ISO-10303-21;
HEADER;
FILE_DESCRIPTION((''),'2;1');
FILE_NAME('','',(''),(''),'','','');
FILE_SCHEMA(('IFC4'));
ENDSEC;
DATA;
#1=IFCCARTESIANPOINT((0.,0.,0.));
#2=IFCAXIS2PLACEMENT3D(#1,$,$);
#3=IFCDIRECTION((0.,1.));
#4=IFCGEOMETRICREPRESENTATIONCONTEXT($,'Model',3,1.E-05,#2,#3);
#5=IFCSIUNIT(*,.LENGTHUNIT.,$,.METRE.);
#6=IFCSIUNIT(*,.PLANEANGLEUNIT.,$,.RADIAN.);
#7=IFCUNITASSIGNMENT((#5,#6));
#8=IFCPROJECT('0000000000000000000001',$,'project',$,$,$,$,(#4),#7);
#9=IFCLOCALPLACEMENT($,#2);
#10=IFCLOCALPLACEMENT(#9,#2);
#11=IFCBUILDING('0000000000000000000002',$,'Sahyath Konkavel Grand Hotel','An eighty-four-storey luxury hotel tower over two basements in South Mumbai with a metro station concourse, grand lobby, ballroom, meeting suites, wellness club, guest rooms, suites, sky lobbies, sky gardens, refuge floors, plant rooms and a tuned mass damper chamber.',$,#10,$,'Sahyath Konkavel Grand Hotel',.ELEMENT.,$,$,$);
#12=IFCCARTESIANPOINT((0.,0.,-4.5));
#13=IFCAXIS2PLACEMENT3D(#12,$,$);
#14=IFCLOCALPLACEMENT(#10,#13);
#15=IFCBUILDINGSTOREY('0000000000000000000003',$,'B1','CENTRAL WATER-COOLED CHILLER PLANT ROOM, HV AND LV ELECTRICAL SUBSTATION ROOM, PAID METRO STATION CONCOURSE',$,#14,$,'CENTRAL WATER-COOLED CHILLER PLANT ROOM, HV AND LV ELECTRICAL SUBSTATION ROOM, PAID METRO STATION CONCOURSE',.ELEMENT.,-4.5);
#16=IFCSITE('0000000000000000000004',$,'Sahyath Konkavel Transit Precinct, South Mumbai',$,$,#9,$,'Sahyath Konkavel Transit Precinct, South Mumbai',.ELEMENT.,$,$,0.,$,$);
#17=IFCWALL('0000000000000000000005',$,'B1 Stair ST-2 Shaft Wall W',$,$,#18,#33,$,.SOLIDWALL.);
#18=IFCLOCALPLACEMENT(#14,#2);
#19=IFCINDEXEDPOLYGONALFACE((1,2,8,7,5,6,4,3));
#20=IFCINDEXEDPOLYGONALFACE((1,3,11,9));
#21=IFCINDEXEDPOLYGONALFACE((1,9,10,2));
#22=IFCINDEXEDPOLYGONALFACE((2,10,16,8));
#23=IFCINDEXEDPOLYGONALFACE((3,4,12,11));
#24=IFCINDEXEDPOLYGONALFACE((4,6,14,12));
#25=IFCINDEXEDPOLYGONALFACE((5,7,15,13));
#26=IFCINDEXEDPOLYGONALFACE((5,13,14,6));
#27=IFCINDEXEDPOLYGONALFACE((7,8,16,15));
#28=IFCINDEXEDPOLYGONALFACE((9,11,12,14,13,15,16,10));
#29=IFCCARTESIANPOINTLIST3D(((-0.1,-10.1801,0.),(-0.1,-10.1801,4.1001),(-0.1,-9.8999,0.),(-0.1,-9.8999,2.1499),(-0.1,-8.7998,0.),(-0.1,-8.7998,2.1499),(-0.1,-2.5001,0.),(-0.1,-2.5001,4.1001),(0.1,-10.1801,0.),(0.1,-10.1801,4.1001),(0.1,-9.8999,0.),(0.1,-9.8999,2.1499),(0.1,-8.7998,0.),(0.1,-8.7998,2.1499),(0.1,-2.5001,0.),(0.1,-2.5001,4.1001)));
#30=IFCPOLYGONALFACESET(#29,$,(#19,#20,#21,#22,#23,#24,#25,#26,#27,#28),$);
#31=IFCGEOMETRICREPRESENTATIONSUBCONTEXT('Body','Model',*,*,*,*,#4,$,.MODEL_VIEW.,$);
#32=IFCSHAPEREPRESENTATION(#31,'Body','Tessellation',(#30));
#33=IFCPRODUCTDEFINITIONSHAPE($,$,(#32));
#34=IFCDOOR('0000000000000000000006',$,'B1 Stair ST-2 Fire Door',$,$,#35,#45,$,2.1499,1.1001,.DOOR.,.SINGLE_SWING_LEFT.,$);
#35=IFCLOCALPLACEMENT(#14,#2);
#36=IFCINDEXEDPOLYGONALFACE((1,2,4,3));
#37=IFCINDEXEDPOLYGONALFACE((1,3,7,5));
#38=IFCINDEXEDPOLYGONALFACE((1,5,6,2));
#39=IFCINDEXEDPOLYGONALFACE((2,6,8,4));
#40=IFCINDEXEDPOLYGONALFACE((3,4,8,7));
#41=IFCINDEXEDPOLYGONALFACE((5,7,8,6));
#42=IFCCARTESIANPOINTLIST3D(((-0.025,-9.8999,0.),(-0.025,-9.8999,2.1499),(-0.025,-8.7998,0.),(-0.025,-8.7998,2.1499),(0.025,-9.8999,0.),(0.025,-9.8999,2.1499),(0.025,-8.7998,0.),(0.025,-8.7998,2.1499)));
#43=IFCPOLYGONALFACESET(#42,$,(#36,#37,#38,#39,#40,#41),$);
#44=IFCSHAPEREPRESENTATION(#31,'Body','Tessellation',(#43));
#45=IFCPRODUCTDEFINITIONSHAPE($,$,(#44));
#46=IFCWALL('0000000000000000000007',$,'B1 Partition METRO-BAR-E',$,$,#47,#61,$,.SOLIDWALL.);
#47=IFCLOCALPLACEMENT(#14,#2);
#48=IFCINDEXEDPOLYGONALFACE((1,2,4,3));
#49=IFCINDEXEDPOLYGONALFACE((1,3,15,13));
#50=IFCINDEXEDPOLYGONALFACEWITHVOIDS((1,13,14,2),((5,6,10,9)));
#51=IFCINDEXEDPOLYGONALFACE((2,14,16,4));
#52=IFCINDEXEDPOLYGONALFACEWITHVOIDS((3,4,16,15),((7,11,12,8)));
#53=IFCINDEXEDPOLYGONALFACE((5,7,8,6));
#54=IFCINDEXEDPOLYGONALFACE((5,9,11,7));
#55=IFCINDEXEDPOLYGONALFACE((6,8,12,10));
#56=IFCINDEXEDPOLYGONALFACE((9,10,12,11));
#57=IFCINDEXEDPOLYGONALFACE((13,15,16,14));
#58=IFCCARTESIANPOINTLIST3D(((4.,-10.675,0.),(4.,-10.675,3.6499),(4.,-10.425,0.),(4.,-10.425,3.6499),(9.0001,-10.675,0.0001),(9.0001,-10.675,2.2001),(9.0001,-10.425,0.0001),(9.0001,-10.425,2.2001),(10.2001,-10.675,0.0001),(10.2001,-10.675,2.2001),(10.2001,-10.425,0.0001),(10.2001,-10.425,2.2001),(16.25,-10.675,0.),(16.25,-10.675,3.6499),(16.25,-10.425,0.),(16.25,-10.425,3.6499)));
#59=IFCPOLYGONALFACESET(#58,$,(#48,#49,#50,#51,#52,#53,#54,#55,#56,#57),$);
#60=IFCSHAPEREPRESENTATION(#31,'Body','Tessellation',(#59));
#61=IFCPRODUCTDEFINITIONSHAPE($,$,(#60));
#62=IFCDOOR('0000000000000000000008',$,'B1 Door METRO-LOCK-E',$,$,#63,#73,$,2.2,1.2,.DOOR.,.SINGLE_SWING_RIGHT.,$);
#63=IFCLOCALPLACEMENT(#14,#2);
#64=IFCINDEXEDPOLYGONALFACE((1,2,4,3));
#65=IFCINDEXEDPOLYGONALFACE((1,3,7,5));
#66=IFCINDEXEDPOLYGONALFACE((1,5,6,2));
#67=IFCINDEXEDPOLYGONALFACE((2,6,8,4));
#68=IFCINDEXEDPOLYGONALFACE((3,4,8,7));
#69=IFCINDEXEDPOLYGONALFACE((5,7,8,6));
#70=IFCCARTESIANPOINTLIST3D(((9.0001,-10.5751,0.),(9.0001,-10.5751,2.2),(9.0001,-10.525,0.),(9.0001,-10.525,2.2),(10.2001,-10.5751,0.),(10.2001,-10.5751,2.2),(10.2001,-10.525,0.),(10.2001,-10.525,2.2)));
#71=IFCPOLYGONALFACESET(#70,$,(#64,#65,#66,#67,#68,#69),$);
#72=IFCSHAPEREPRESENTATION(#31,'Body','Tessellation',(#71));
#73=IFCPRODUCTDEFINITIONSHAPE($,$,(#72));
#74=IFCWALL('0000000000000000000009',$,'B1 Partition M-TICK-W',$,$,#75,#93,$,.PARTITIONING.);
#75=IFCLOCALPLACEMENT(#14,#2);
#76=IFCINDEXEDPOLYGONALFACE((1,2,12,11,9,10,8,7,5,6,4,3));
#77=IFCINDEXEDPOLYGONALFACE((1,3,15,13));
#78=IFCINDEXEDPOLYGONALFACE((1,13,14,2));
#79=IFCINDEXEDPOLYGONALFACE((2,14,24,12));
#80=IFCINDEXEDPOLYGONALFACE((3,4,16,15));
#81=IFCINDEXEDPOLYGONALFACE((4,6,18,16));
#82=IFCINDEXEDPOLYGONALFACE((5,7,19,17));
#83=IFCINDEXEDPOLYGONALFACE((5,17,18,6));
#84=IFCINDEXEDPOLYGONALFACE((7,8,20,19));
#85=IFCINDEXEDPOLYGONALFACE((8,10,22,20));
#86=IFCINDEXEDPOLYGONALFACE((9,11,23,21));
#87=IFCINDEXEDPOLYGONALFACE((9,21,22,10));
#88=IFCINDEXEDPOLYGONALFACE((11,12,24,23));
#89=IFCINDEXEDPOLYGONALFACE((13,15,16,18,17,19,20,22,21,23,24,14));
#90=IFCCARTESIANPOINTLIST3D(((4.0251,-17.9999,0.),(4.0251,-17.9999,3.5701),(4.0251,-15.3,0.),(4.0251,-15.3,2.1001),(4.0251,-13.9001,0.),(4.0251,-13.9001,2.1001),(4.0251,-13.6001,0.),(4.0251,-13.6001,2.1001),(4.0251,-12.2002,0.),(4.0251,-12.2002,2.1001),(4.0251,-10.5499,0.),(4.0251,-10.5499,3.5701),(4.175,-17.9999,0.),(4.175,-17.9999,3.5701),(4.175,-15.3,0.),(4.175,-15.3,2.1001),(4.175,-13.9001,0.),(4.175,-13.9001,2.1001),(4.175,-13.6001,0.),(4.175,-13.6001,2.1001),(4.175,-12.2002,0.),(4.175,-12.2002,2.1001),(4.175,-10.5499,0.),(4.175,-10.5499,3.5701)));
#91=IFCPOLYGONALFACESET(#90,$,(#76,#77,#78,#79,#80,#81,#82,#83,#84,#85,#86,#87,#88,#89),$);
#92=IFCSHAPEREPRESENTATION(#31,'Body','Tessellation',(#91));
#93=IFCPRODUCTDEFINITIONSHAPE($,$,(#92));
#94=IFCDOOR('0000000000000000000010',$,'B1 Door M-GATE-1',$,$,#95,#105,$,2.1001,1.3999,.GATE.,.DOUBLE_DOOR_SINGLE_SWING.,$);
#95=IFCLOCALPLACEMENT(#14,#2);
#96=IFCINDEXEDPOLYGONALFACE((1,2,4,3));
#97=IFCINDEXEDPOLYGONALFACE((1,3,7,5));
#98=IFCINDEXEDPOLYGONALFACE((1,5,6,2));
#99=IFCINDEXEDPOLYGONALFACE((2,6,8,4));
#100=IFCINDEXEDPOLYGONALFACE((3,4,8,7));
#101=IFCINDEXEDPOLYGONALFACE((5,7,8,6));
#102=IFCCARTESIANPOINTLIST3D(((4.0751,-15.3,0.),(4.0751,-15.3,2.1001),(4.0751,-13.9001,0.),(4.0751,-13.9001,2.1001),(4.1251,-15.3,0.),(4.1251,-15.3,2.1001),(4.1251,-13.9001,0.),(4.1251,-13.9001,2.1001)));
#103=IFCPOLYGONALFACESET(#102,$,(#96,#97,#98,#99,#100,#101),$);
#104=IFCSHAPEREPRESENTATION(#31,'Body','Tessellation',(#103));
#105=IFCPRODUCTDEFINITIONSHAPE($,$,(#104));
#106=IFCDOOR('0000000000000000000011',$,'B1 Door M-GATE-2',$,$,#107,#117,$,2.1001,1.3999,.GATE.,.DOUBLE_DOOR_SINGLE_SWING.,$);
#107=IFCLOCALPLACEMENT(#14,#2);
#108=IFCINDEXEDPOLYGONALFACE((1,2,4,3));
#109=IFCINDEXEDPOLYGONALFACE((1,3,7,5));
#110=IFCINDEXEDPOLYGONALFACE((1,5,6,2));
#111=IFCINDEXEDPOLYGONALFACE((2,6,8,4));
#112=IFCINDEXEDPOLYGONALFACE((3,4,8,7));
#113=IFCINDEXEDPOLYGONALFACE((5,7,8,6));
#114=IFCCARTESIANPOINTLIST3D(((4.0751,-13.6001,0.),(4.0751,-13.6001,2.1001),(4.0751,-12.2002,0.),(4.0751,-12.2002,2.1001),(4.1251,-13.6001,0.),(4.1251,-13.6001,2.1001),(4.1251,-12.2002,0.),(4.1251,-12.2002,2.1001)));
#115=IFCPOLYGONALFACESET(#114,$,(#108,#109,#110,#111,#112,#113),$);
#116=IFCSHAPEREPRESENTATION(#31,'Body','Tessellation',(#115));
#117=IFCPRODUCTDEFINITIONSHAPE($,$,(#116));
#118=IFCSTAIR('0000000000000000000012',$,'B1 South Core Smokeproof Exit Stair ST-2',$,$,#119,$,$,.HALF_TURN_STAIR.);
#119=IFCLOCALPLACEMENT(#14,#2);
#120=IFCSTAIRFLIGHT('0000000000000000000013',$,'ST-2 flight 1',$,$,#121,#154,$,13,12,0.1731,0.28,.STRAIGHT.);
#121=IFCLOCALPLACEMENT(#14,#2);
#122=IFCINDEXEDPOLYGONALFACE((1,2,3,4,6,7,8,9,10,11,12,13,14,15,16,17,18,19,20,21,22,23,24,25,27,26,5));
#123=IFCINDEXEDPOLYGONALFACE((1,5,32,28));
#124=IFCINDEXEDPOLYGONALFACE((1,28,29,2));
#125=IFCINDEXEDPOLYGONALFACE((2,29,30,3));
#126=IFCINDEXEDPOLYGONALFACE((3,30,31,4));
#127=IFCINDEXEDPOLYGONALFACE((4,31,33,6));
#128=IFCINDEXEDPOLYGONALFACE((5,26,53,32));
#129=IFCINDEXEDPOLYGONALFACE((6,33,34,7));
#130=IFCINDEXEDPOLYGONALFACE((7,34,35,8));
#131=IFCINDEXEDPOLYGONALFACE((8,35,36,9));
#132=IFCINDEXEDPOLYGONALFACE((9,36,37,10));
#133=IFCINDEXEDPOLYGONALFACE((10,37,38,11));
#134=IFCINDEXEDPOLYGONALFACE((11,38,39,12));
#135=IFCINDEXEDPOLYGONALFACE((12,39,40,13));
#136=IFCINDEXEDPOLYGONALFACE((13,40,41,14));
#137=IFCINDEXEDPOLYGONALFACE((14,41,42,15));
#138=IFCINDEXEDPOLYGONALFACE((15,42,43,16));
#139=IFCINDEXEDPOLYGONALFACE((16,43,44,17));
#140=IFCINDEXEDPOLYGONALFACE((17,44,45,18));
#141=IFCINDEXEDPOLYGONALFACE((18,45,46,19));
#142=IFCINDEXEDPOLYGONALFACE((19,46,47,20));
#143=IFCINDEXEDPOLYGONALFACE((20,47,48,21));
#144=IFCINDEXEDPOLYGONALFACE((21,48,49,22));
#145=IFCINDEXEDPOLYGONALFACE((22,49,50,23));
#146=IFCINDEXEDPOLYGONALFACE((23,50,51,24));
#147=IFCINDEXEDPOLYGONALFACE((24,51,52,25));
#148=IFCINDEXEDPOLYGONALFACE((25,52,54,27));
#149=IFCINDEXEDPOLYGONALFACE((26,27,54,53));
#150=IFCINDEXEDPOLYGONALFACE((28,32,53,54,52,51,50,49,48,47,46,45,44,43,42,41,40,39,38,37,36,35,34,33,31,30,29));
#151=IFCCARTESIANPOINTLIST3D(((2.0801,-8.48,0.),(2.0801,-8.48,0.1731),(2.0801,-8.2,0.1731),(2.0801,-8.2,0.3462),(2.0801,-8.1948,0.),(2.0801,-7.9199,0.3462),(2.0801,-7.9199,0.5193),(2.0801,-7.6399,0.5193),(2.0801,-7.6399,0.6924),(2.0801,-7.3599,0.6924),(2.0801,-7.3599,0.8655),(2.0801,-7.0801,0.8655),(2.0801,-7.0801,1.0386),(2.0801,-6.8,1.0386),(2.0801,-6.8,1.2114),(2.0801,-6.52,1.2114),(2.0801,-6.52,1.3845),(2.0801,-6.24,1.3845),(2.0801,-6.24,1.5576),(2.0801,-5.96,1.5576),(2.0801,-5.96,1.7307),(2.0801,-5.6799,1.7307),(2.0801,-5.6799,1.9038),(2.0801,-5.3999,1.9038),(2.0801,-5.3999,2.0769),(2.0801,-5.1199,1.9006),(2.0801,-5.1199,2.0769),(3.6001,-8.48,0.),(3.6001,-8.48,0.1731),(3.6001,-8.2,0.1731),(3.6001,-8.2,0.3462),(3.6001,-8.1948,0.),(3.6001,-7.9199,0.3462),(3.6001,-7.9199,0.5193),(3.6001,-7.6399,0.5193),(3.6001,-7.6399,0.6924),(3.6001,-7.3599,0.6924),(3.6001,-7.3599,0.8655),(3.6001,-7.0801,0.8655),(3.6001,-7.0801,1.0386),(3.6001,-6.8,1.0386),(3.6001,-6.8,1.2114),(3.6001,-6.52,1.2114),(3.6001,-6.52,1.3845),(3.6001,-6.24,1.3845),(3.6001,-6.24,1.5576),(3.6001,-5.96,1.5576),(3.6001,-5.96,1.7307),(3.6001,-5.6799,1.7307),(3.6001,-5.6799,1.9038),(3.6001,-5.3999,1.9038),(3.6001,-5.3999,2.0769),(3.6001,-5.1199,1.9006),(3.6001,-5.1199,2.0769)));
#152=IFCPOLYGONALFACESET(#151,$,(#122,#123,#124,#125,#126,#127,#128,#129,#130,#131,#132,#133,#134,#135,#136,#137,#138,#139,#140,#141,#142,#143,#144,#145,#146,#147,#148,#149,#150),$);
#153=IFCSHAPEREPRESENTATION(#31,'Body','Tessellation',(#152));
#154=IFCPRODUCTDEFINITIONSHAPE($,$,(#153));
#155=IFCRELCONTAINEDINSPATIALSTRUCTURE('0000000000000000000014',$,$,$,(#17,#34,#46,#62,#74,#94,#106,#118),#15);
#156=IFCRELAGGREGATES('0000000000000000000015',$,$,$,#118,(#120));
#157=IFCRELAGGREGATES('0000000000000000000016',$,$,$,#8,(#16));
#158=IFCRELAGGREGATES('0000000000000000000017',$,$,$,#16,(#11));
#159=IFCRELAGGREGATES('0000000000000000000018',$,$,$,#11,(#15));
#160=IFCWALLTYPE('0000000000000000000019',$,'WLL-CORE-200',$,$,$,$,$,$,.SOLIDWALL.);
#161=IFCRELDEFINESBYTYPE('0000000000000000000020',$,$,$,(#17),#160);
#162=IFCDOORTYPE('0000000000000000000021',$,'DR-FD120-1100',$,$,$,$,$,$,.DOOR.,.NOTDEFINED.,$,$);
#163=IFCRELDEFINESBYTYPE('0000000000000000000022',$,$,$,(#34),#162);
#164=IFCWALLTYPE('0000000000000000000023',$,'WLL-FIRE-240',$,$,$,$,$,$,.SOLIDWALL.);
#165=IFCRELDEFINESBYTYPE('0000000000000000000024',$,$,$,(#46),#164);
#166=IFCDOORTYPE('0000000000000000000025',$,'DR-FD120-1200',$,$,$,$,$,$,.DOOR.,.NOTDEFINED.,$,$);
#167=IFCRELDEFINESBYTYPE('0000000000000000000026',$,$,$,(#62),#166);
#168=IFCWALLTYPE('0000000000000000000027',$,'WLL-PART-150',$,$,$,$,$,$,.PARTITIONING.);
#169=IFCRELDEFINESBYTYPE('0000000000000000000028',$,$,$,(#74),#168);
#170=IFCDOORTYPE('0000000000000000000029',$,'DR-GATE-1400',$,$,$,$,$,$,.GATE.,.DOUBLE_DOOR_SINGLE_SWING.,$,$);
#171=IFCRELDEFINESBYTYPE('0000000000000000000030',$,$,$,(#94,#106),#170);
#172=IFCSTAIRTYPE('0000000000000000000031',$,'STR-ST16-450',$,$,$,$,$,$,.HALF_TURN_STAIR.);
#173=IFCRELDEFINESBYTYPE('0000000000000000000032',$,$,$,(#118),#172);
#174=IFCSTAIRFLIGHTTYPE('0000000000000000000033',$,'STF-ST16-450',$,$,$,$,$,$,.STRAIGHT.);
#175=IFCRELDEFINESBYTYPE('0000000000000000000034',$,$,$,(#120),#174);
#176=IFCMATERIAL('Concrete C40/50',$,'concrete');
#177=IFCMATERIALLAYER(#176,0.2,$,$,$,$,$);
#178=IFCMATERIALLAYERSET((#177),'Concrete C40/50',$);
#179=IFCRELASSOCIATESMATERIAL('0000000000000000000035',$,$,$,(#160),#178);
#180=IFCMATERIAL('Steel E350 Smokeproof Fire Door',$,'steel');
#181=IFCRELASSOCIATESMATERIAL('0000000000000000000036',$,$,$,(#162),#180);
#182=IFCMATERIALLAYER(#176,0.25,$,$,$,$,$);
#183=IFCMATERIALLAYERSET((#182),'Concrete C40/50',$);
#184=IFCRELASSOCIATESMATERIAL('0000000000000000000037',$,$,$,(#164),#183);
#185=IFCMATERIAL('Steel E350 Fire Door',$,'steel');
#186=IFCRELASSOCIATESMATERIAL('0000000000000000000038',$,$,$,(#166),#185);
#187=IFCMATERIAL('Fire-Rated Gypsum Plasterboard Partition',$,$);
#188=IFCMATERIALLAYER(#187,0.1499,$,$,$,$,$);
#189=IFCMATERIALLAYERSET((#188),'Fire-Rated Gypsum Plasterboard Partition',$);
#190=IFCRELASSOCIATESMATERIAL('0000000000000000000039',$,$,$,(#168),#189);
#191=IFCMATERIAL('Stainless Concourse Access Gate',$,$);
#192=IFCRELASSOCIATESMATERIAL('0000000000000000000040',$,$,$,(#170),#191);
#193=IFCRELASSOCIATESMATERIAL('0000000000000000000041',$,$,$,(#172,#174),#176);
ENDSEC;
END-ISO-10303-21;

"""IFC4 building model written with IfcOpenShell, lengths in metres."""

from ifc_helpers import new_model, si_unit, direction, frame, frame_2d, origin, origin_2d, place, context, subcontext, project, spatial, polyline, rectangle, outline, extrude, source, transform, mapped, material, layer, layer_set, type_object, element, fill, aggregate, save


model = new_model("IFC4")

# Units and contexts
model_context = context("Model", 3, precision=1e-05, world=origin(), true_north=direction((0.0, 1.0)))
body_context = subcontext(model_context, "Body", "Model", "MODEL_VIEW")
ifc_project = project(units=[si_unit("LENGTHUNIT", "METRE"), si_unit("PLANEANGLEUNIT", "RADIAN")], contexts=[model_context])

# Site, building, storey
site_placement = place(None, origin())
site = spatial("IfcSite", under=ifc_project, at=site_placement, Name="Sahyath Konkavel Transit Precinct, South Mumbai", LongName="Sahyath Konkavel Transit Precinct, South Mumbai", CompositionType="ELEMENT", RefElevation=0.0)
building_placement = place(site_placement, origin())
building = spatial("IfcBuilding", under=site, at=building_placement, Name="Sahyath Konkavel Grand Hotel", Description="An eighty-four-storey luxury hotel tower over two basements in South Mumbai with a metro station concourse, grand lobby, ballroom, meeting suites, wellness club, guest rooms, suites, sky lobbies, sky gardens, refuge floors, plant rooms and a tuned mass damper chamber.", LongName="Sahyath Konkavel Grand Hotel", CompositionType="ELEMENT")
storey_placement = place(building_placement, frame((0.0, 0.0, -4.5)))
storey = spatial("IfcBuildingStorey", under=building, at=storey_placement, Name="B1", Description="CENTRAL WATER-COOLED CHILLER PLANT ROOM, HV AND LV ELECTRICAL SUBSTATION ROOM, PAID METRO STATION CONCOURSE", LongName="CENTRAL WATER-COOLED CHILLER PLANT ROOM, HV AND LV ELECTRICAL SUBSTATION ROOM, PAID METRO STATION CONCOURSE", CompositionType="ELEMENT", Elevation=-4.5)

# Walls, openings, doors
ifc_material_1 = material(Name="Concrete C40/50", Category="concrete")
ifc_layer_1 = layer(ifc_material_1, 0.2)
ifc_layer_set_1 = layer_set([ifc_layer_1], Name="Concrete C40/50")
wall_type_1 = type_object("IfcWallType", Name="WLL-CORE-200", PredefinedType="SOLIDWALL", material=ifc_layer_set_1)
wall_1_placement = place(storey_placement, frame((0.0, -10.1799, 0.0), z_axis=(0.0, 0.0, 1.0), x_axis=(0.0, 1.0, 0.0)))
wall_1 = element("IfcWall", 1, at=wall_1_placement, inside=storey, type_object=wall_type_1, Name="B1 Stair ST-2 Shaft Wall W", PredefinedType="SOLIDWALL", context=body_context, shape_type="SweptSolid", body=[
    extrude(rectangle(XDim=7.6799, YDim=0.2, at=frame_2d((3.8398, 0.0))), origin(), (0.0, 0.0, 1.0), 4.1001),
])
opening_1_placement = place(wall_1_placement, frame((0.28, 0.0, 0.0)))
opening_1 = element("IfcOpeningElement", 2, at=opening_1_placement, cuts=wall_1, PredefinedType="OPENING", context=body_context, shape_type="SweptSolid", body=[
    extrude(rectangle(XDim=1.1001, YDim=2.1499, at=frame_2d((0.55, 1.075))), frame((0.0, 0.1099, 0.0), z_axis=(0.0, -1.0, 0.0), x_axis=(1.0, 0.0, 0.0)), (0.0, 0.0, 1.0), 0.22),
])
ifc_material_2 = material(Name="Steel E350 Smokeproof Fire Door", Category="steel")
door_type_1 = type_object("IfcDoorType", Name="DR-FD120-1100", OperationType="NOTDEFINED", PredefinedType="DOOR", material=ifc_material_2)
shared_shape_1 = source(origin(), body_context, "Body", "SweptSolid", [
    extrude(rectangle(XDim=1.1001, YDim=0.05, at=origin_2d()), origin(), (0.0, 0.0, 1.0), 2.1499),
])
door_1_placement = place(opening_1_placement, frame((0.55, 0.0, 0.0)))
door_1 = element("IfcDoor", 3, at=door_1_placement, inside=storey, type_object=door_type_1, Name="B1 Stair ST-2 Fire Door", OperationType="SINGLE_SWING_LEFT", OverallHeight=2.1499, OverallWidth=1.1001, PredefinedType="DOOR", context=body_context, shape_type="MappedRepresentation", body=[
    mapped(shared_shape_1, transform((0.0, 0.0, 0.0), scale=1.0)),
])
fill(opening_1, door_1)
ifc_layer_2 = layer(ifc_material_1, 0.25)
ifc_layer_set_2 = layer_set([ifc_layer_2], Name="Concrete C40/50")
wall_type_2 = type_object("IfcWallType", Name="WLL-FIRE-240", PredefinedType="SOLIDWALL", material=ifc_layer_set_2)
wall_2_placement = place(storey_placement, frame((4.0, -10.55, 0.0), z_axis=(0.0, 0.0, 1.0), x_axis=(1.0, 0.0, 0.0)))
wall_2 = element("IfcWall", 4, at=wall_2_placement, inside=storey, type_object=wall_type_2, Name="B1 Partition METRO-BAR-E", PredefinedType="SOLIDWALL", context=body_context, shape_type="SweptSolid", body=[
    extrude(rectangle(XDim=12.25, YDim=0.25, at=frame_2d((6.125, 0.0))), origin(), (0.0, 0.0, 1.0), 3.6499),
])
opening_2_placement = place(wall_2_placement, frame((5.0, 0.0, 0.0)))
opening_2 = element("IfcOpeningElement", 5, at=opening_2_placement, cuts=wall_2, PredefinedType="OPENING", context=body_context, shape_type="SweptSolid", body=[
    extrude(rectangle(XDim=1.2, YDim=2.2, at=frame_2d((0.6001, 1.1001))), frame((0.0, 0.135, 0.0), z_axis=(0.0, -1.0, 0.0), x_axis=(1.0, 0.0, 0.0)), (0.0, 0.0, 1.0), 0.27),
])
ifc_material_3 = material(Name="Steel E350 Fire Door", Category="steel")
door_type_2 = type_object("IfcDoorType", Name="DR-FD120-1200", OperationType="NOTDEFINED", PredefinedType="DOOR", material=ifc_material_3)
shared_shape_2 = source(origin(), body_context, "Body", "SweptSolid", [
    extrude(rectangle(XDim=1.2, YDim=0.05, at=origin_2d()), origin(), (0.0, 0.0, 1.0), 2.2),
])
door_2_placement = place(opening_2_placement, frame((0.6001, 0.0, 0.0)))
door_2 = element("IfcDoor", 6, at=door_2_placement, inside=storey, type_object=door_type_2, Name="B1 Door METRO-LOCK-E", OperationType="SINGLE_SWING_RIGHT", OverallHeight=2.2, OverallWidth=1.2, PredefinedType="DOOR", context=body_context, shape_type="MappedRepresentation", body=[
    mapped(shared_shape_2, transform((0.0, 0.0, 0.0), scale=1.0)),
])
fill(opening_2, door_2)

# Wall, openings, doors
ifc_material_4 = material(Name="Fire-Rated Gypsum Plasterboard Partition")
ifc_layer_3 = layer(ifc_material_4, 0.1499)
ifc_layer_set_3 = layer_set([ifc_layer_3], Name="Fire-Rated Gypsum Plasterboard Partition")
wall_type_3 = type_object("IfcWallType", Name="WLL-PART-150", PredefinedType="PARTITIONING", material=ifc_layer_set_3)
wall_3_placement = place(storey_placement, frame((4.1001, -18.0, 0.0), z_axis=(0.0, 0.0, 1.0), x_axis=(0.0, 1.0, 0.0)))
wall_3 = element("IfcWall", 7, at=wall_3_placement, inside=storey, type_object=wall_type_3, Name="B1 Partition M-TICK-W", PredefinedType="PARTITIONING", context=body_context, shape_type="SweptSolid", body=[
    extrude(rectangle(XDim=7.45, YDim=0.1499, at=frame_2d((3.7251, 0.0))), origin(), (0.0, 0.0, 1.0), 3.5701),
])
opening_3_placement = place(wall_3_placement, frame((2.7, 0.0, 0.0)))
opening_3 = element("IfcOpeningElement", 8, at=opening_3_placement, cuts=wall_3, PredefinedType="OPENING", context=body_context, shape_type="SweptSolid", body=[
    extrude(rectangle(XDim=1.3999, YDim=2.1001, at=frame_2d((0.7, 1.05))), frame((0.0, 0.085, 0.0), z_axis=(0.0, -1.0, 0.0), x_axis=(1.0, 0.0, 0.0)), (0.0, 0.0, 1.0), 0.1699),
])
opening_4_placement = place(wall_3_placement, frame((4.3999, 0.0, 0.0)))
opening_4 = element("IfcOpeningElement", 9, at=opening_4_placement, cuts=wall_3, PredefinedType="OPENING", context=body_context, shape_type="SweptSolid", body=[
    extrude(rectangle(XDim=1.3999, YDim=2.1001, at=frame_2d((0.7, 1.05))), frame((0.0, 0.085, 0.0), z_axis=(0.0, -1.0, 0.0), x_axis=(1.0, 0.0, 0.0)), (0.0, 0.0, 1.0), 0.1699),
])
ifc_material_5 = material(Name="Stainless Concourse Access Gate")
door_type_3 = type_object("IfcDoorType", Name="DR-GATE-1400", OperationType="DOUBLE_DOOR_SINGLE_SWING", PredefinedType="GATE", material=ifc_material_5)
shared_shape_3 = source(origin(), body_context, "Body", "SweptSolid", [
    extrude(rectangle(XDim=1.3999, YDim=0.05, at=origin_2d()), origin(), (0.0, 0.0, 1.0), 2.1001),
])
door_3_placement = place(opening_3_placement, frame((0.7, 0.0, 0.0)))
door_3 = element("IfcDoor", 10, at=door_3_placement, inside=storey, type_object=door_type_3, Name="B1 Door M-GATE-1", OperationType="DOUBLE_DOOR_SINGLE_SWING", OverallHeight=2.1001, OverallWidth=1.3999, PredefinedType="GATE", context=body_context, shape_type="MappedRepresentation", body=[
    mapped(shared_shape_3, transform((0.0, 0.0, 0.0), scale=1.0)),
])
fill(opening_3, door_3)
door_4_placement = place(opening_4_placement, frame((0.7, 0.0, 0.0)))
door_4 = element("IfcDoor", 11, at=door_4_placement, inside=storey, type_object=door_type_3, Name="B1 Door M-GATE-2", OperationType="DOUBLE_DOOR_SINGLE_SWING", OverallHeight=2.1001, OverallWidth=1.3999, PredefinedType="GATE", context=body_context, shape_type="MappedRepresentation", body=[
    mapped(shared_shape_3, transform((0.0, 0.0, 0.0), scale=1.0)),
])
fill(opening_4, door_4)

# Stair, stair flight
stair_type = type_object("IfcStairType", Name="STR-ST16-450", PredefinedType="HALF_TURN_STAIR", material=ifc_material_1)
stair_placement = place(storey_placement, origin())
stair = element("IfcStair", 12, at=stair_placement, inside=storey, type_object=stair_type, Name="B1 South Core Smokeproof Exit Stair ST-2", PredefinedType="HALF_TURN_STAIR")
stair_flight_type = type_object("IfcStairFlightType", Name="STF-ST16-450", PredefinedType="STRAIGHT", material=ifc_material_1)
stair_flight_placement = place(storey_placement, frame((2.8401, -8.48, 0.0), z_axis=(0.0, 0.0, 1.0), x_axis=(0.0, 1.0, 0.0)))
stair_flight = element("IfcStairFlight", 13, at=stair_flight_placement, type_object=stair_flight_type, Name="ST-2 flight 1", NumberOfRisers=13, NumberOfTreads=12, PredefinedType="STRAIGHT", RiserHeight=0.1731, TreadLength=0.28, context=body_context, shape_type="SweptSolid", body=[
    extrude(outline(polyline([(0.0, 0.0), (0.0, 0.1731), (0.28, 0.1731), (0.28, 0.3462), (0.5601, 0.3462), (0.5601, 0.5193), (0.8401, 0.5193), (0.8401, 0.6924), (1.1201, 0.6924), (1.1201, 0.8655), (1.3999, 0.8655), (1.3999, 1.0386), (1.6799, 1.0386), (1.6799, 1.2114), (1.96, 1.2114), (1.96, 1.3845), (2.24, 1.3845), (2.24, 1.5576), (2.52, 1.5576), (2.52, 1.7307), (2.8, 1.7307), (2.8, 1.9038), (3.0801, 1.9038), (3.0801, 2.0769), (3.3601, 2.0769), (3.3601, 2.25), (3.3601, 1.9006), (0.2852, 0.0), (0.0, 0.0)])), frame((0.0, 0.76, 0.0), z_axis=(0.0, -1.0, 0.0), x_axis=(1.0, 0.0, 0.0)), (0.0, 0.0, 1.0), 1.52),
])
aggregate(stair, [stair_flight])

save(model, "model.ifc")
